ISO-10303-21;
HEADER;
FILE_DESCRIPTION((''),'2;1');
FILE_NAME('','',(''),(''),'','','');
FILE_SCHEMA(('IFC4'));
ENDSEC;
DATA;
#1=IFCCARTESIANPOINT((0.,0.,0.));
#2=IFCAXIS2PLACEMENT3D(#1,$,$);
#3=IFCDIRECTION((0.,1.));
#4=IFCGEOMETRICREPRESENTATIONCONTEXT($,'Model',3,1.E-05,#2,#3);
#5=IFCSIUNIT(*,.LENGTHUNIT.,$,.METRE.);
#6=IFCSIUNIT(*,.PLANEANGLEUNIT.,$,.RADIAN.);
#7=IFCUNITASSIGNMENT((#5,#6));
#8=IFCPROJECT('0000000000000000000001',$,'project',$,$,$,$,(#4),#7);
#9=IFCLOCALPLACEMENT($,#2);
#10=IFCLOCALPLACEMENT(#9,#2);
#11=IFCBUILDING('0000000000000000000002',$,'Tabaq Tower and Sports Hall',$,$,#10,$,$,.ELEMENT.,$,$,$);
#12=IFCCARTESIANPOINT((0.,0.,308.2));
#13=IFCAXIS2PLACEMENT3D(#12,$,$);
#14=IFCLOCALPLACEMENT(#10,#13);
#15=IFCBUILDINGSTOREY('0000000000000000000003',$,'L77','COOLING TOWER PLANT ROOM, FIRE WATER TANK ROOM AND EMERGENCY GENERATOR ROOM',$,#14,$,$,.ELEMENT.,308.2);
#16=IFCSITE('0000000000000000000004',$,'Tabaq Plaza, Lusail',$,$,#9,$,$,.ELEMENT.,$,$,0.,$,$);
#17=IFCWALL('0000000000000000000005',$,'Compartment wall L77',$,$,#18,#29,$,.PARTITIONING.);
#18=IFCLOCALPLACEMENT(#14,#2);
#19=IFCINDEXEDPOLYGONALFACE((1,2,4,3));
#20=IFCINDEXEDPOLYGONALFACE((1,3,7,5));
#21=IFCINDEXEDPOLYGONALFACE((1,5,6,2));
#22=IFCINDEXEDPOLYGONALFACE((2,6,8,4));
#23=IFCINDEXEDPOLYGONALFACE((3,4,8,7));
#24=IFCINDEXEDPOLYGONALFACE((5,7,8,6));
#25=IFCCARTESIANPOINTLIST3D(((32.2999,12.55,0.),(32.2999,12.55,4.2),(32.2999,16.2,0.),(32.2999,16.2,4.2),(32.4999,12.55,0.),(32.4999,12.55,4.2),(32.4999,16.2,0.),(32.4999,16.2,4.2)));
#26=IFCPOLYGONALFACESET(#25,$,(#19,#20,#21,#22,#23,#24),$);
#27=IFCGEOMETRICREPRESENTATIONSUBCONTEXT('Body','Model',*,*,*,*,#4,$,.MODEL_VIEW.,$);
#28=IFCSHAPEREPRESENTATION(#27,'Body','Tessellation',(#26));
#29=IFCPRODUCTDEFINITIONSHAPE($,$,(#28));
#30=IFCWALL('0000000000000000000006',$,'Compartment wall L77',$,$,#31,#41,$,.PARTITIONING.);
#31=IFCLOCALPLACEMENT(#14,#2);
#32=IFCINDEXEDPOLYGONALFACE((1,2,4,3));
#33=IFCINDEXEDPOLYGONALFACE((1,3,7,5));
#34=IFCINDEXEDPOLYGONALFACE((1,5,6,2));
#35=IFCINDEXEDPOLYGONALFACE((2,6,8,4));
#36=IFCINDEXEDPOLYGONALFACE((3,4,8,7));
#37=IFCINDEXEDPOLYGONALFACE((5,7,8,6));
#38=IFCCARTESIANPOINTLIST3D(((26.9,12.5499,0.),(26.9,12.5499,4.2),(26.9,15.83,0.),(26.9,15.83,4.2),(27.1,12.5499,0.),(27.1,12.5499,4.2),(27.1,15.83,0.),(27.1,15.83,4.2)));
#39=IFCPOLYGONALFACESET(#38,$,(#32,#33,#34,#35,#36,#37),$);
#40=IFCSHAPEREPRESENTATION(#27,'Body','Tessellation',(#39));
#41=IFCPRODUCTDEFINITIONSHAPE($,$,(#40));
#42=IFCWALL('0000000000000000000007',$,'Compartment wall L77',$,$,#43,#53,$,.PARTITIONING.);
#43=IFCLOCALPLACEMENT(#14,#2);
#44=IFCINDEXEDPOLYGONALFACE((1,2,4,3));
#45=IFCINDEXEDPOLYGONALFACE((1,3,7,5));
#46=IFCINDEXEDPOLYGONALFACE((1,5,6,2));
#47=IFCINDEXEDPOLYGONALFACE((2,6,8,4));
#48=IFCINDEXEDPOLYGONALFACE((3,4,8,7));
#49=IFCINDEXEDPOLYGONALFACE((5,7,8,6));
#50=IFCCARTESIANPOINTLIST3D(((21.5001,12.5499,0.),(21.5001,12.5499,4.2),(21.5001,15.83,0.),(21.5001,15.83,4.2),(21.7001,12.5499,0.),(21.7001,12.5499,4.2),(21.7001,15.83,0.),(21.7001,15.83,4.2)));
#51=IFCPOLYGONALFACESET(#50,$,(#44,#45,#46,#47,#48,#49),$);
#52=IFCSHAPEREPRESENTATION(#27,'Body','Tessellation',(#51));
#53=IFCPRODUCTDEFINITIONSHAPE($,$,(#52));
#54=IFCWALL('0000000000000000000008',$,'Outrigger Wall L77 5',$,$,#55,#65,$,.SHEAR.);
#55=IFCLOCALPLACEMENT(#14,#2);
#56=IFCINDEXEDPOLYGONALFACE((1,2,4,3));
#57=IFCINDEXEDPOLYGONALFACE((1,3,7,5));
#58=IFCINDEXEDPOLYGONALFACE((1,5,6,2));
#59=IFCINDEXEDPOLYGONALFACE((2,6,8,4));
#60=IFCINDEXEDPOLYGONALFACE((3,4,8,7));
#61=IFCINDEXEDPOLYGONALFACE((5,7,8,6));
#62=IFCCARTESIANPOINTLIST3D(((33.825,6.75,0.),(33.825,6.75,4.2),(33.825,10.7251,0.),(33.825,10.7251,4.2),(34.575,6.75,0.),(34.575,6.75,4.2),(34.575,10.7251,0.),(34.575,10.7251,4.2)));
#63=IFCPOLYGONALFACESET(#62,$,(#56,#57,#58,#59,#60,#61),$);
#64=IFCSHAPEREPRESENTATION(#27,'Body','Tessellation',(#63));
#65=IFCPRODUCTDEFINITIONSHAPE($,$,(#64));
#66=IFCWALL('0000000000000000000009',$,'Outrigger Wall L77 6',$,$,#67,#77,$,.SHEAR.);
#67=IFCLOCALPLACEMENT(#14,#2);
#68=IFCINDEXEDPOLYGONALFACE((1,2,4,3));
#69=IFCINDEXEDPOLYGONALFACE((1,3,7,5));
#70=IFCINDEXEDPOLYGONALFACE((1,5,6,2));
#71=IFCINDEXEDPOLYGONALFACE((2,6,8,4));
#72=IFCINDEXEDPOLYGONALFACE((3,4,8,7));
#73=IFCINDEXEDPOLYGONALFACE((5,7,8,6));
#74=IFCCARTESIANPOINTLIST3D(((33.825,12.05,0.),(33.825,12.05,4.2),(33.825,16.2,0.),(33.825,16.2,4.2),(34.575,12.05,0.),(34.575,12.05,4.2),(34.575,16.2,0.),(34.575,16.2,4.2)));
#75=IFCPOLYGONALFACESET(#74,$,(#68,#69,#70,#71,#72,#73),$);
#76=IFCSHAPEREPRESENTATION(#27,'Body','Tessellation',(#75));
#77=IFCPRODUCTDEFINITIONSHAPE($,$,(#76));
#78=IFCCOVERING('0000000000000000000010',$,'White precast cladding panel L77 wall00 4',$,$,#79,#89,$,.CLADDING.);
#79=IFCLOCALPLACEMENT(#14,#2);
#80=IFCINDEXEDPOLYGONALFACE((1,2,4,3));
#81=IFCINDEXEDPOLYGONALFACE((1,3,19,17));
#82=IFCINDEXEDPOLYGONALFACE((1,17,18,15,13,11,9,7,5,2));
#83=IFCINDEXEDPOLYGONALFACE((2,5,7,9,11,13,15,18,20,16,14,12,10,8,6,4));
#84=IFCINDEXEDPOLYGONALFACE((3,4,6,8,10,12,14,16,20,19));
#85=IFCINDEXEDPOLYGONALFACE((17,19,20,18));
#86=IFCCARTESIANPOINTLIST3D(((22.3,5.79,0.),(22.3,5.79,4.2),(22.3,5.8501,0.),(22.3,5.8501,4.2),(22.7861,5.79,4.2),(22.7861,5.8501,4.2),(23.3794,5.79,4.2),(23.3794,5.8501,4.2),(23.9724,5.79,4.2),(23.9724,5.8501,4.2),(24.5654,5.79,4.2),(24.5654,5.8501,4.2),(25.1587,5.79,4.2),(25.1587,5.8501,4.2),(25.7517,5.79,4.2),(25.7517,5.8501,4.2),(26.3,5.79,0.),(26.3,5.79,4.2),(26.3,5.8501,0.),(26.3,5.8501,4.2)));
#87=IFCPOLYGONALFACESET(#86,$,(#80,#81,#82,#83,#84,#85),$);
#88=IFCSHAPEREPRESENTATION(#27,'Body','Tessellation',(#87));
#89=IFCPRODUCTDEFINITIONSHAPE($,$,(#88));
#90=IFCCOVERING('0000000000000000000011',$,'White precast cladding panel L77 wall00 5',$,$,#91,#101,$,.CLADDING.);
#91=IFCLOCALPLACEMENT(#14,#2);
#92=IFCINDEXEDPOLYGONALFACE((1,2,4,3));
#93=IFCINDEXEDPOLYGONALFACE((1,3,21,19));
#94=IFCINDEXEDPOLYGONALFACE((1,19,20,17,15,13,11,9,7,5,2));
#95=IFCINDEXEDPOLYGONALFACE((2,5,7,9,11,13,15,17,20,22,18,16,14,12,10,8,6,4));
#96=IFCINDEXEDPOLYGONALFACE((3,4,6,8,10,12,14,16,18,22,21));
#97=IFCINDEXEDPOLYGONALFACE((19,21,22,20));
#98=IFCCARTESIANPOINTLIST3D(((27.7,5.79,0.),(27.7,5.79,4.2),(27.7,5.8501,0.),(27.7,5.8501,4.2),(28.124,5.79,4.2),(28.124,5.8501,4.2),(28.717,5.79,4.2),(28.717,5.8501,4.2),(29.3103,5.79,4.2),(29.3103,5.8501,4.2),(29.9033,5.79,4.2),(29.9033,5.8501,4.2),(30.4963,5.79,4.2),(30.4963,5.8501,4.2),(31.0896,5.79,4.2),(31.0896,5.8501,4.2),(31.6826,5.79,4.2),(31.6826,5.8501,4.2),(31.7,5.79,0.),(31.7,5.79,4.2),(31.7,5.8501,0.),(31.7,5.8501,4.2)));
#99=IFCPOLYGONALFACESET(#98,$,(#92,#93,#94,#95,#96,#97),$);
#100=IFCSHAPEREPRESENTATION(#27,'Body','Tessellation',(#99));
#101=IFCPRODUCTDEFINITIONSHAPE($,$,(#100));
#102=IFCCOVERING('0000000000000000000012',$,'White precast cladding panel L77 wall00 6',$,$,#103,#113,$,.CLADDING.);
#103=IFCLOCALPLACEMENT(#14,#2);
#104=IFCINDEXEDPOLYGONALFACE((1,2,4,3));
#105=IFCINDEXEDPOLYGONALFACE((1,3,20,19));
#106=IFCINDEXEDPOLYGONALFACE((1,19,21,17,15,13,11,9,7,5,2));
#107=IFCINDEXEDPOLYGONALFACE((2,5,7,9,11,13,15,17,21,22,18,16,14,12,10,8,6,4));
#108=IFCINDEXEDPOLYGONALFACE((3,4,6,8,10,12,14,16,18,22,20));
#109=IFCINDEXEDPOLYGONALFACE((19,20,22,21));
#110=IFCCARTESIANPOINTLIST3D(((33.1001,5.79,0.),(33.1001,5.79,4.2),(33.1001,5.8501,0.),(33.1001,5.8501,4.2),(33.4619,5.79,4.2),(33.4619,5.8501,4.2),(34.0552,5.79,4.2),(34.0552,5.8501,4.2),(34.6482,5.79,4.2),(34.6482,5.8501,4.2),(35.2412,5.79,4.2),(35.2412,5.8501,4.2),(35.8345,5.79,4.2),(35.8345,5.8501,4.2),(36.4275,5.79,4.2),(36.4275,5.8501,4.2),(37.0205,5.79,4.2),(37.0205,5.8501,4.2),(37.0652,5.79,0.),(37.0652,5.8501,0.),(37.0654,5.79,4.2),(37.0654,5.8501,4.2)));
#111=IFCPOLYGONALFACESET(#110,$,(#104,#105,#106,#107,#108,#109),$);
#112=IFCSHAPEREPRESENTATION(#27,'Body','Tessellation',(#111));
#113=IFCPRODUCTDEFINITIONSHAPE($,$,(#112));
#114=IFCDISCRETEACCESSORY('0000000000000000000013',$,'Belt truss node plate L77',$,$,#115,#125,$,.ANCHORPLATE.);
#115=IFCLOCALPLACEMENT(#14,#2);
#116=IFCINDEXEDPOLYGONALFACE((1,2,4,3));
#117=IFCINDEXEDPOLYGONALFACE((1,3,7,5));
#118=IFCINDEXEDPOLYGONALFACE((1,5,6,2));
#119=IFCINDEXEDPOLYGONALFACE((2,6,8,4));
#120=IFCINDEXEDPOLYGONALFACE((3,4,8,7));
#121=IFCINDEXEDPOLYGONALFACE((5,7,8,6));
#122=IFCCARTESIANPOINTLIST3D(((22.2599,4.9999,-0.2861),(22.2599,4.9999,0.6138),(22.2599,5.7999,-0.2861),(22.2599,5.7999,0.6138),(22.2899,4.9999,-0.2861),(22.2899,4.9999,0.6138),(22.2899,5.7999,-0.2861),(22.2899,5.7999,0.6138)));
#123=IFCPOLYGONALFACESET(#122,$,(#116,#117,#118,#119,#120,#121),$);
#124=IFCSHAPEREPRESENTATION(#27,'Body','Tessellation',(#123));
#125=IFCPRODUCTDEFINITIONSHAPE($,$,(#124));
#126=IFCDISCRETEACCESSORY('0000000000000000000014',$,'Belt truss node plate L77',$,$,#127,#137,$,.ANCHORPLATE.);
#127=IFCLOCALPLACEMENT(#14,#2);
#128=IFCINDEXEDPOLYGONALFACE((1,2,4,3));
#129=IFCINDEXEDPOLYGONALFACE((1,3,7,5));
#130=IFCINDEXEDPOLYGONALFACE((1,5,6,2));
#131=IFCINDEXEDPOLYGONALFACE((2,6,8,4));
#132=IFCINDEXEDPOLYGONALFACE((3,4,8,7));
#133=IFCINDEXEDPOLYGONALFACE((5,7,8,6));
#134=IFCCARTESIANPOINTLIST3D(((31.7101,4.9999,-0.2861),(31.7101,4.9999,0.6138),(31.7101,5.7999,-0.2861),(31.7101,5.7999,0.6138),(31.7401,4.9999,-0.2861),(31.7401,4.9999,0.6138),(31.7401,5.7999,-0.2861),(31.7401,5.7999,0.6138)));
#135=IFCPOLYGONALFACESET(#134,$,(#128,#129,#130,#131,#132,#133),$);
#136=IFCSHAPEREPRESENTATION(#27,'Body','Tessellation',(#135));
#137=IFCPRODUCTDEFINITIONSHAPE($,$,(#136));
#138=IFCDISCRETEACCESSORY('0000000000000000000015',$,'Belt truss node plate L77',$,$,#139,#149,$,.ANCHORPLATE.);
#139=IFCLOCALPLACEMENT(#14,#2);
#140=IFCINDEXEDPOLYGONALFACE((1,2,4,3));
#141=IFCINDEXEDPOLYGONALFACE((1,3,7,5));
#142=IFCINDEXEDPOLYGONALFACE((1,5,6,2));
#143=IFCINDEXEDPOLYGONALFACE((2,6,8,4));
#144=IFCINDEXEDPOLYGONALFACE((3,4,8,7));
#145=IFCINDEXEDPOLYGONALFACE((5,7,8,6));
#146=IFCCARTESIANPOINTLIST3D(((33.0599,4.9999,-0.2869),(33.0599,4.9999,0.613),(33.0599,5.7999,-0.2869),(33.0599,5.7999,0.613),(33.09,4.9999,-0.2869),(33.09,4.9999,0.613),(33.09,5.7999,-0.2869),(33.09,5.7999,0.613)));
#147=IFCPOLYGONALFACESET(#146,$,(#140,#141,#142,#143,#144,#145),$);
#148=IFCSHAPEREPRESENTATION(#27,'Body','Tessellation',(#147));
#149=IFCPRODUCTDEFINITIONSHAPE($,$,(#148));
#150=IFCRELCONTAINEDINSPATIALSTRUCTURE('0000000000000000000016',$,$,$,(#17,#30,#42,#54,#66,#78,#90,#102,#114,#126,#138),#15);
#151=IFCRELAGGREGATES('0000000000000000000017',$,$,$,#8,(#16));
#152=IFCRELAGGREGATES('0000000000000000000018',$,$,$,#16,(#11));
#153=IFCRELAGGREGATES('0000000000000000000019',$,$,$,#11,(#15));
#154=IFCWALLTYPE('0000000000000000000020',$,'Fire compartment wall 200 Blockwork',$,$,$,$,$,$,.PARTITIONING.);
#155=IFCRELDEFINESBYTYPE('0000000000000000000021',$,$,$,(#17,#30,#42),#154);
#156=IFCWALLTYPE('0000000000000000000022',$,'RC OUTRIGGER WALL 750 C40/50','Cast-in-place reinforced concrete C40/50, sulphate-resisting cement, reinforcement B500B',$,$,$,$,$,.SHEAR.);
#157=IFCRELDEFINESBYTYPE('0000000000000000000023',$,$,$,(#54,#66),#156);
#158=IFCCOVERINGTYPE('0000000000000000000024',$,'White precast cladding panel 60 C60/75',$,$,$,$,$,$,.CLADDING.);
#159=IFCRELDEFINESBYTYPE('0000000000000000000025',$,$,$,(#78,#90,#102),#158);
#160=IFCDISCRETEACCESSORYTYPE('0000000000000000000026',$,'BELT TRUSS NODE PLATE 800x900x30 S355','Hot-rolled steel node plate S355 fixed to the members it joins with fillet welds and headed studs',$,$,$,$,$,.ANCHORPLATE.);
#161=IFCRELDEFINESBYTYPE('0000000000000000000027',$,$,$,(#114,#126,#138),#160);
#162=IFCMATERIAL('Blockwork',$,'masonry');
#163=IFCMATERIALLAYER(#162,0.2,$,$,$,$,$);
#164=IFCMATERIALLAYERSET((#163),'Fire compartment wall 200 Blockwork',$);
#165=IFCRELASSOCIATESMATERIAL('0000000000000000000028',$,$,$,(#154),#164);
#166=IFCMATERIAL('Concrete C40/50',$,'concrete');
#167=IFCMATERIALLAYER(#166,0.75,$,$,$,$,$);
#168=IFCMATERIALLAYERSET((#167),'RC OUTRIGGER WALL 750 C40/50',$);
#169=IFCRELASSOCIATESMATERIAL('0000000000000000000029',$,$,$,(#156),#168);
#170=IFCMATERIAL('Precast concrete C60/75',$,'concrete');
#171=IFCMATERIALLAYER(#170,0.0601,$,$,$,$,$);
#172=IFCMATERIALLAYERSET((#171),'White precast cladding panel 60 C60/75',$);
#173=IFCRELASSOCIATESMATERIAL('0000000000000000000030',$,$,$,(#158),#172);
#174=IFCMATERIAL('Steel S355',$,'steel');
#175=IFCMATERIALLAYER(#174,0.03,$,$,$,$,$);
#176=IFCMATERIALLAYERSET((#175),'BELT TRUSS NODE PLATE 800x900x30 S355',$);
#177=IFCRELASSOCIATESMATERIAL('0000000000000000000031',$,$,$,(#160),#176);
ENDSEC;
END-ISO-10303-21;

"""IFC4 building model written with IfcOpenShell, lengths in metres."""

from ifc_helpers import new_model, si_unit, direction, frame, frame_2d, origin, origin_2d, place, context, subcontext, project, spatial, polyline, rectangle, outline, extrude, material, layer, layer_set, type_object, element, save


model = new_model("IFC4")

# Units and contexts
model_context = context("Model", 3, precision=1e-05, world=origin(), true_north=direction((0.0, 1.0)))
body_context = subcontext(model_context, "Body", "Model", "MODEL_VIEW")
ifc_project = project(units=[si_unit("LENGTHUNIT", "METRE"), si_unit("PLANEANGLEUNIT", "RADIAN")], contexts=[model_context])

# Site, building, storey
site_placement = place(None, origin())
site = spatial("IfcSite", under=ifc_project, at=site_placement, Name="Tabaq Plaza, Lusail", CompositionType="ELEMENT", RefElevation=0.0)
building_placement = place(site_placement, origin())
building = spatial("IfcBuilding", under=site, at=building_placement, Name="Tabaq Tower and Sports Hall", CompositionType="ELEMENT")
storey_placement = place(building_placement, frame((0.0, 0.0, 308.2)))
storey = spatial("IfcBuildingStorey", under=building, at=storey_placement, Name="L77", Description="COOLING TOWER PLANT ROOM, FIRE WATER TANK ROOM AND EMERGENCY GENERATOR ROOM", CompositionType="ELEMENT", Elevation=308.2)

# Shared definitions
ifc_material_1 = material(Name="Blockwork", Category="masonry")
ifc_layer_1 = layer(ifc_material_1, 0.2)
ifc_layer_set_1 = layer_set([ifc_layer_1], Name="Fire compartment wall 200 Blockwork")
wall_type_1 = type_object("IfcWallType", Name="Fire compartment wall 200 Blockwork", PredefinedType="PARTITIONING", material=ifc_layer_set_1)

# Walls
wall_1_placement = place(storey_placement, frame((32.3999, 12.55, 0.0), z_axis=(0.0, 0.0, 1.0), x_axis=(0.0, 1.0, 0.0)))
element("IfcWall", 1, at=wall_1_placement, inside=storey, type_object=wall_type_1, Name="Compartment wall L77", PredefinedType="PARTITIONING", context=body_context, shape_type="SweptSolid", body=[
    extrude(rectangle(XDim=3.6499, YDim=0.2, at=frame_2d((1.825, 0.0))), origin(), (0.0, 0.0, 1.0), 4.2),
])
for number, where, z_axis, x_axis, name in (
    (2, (27.0, 15.8301, 0.0), (0.0, 0.0, 1.0), (0.0, -1.0, 0.0), "Compartment wall L77"),
    (3, (21.6001, 15.8301, 0.0), (0.0, 0.0, 1.0), (0.0, -1.0, 0.0), "Compartment wall L77"),
):
    element("IfcWall", number, at=place(storey_placement, frame(where, z_axis=z_axis, x_axis=x_axis)), inside=storey, type_object=wall_type_1, Name=name, PredefinedType="PARTITIONING", context=body_context, shape_type="SweptSolid", body=[
        extrude(rectangle(XDim=3.28, YDim=0.2, at=frame_2d((1.6401, 0.0))), origin(), (0.0, 0.0, 1.0), 4.2),
    ])
ifc_material_2 = material(Name="Concrete C40/50", Category="concrete")
ifc_layer_2 = layer(ifc_material_2, 0.75)
ifc_layer_set_2 = layer_set([ifc_layer_2], Name="RC OUTRIGGER WALL 750 C40/50")
wall_type_2 = type_object("IfcWallType", Name="RC OUTRIGGER WALL 750 C40/50", Description="Cast-in-place reinforced concrete C40/50, sulphate-resisting cement, reinforcement B500B", PredefinedType="SHEAR", material=ifc_layer_set_2)
wall_2_placement = place(storey_placement, frame((34.2, 6.75, 0.0), z_axis=(0.0, 0.0, 1.0), x_axis=(0.0, 1.0, 0.0)))
element("IfcWall", 4, at=wall_2_placement, inside=storey, type_object=wall_type_2, Name="Outrigger Wall L77 5", PredefinedType="SHEAR", context=body_context, shape_type="SweptSolid", body=[
    extrude(rectangle(XDim=3.9751, YDim=0.75, at=frame_2d((1.9875, 0.0))), origin(), (0.0, 0.0, 1.0), 4.2),
])
wall_3_placement = place(storey_placement, frame((34.2, 12.05, 0.0), z_axis=(0.0, 0.0, 1.0), x_axis=(0.0, 1.0, 0.0)))
element("IfcWall", 5, at=wall_3_placement, inside=storey, type_object=wall_type_2, Name="Outrigger Wall L77 6", PredefinedType="SHEAR", context=body_context, shape_type="SweptSolid", body=[
    extrude(rectangle(XDim=4.1499, YDim=0.75, at=frame_2d((2.075, 0.0))), origin(), (0.0, 0.0, 1.0), 4.2),
])

# Coverings
ifc_material_3 = material(Name="Precast concrete C60/75", Category="concrete")
ifc_layer_3 = layer(ifc_material_3, 0.0601)
ifc_layer_set_3 = layer_set([ifc_layer_3], Name="White precast cladding panel 60 C60/75")
covering_type_1 = type_object("IfcCoveringType", Name="White precast cladding panel 60 C60/75", PredefinedType="CLADDING", material=ifc_layer_set_3)
covering_1_placement = place(storey_placement, frame((22.3, 5.8201, 0.0), z_axis=(0.0, 0.0, 1.0), x_axis=(1.0, 0.0, 0.0)))
element("IfcCovering", 6, at=covering_1_placement, inside=storey, type_object=covering_type_1, Name="White precast cladding panel L77 wall00 4", PredefinedType="CLADDING", context=body_context, shape_type="SweptSolid", body=[
    extrude(outline(polyline([(0.0, 0.0), (4.0, 0.0), (4.0, 4.2), (3.4517, 4.2), (2.8586, 4.2), (2.2654, 4.2), (1.6724, 4.2), (1.0793, 4.2), (0.4861, 4.2), (0.0, 4.2), (0.0, 0.0)])), frame((0.0, 0.03, 0.0), z_axis=(0.0, -1.0, 0.0), x_axis=(1.0, 0.0, 0.0)), (0.0, 0.0, 1.0), 0.0601),
])
covering_2_placement = place(storey_placement, frame((27.7, 5.8201, 0.0), z_axis=(0.0, 0.0, 1.0), x_axis=(1.0, 0.0, 0.0)))
element("IfcCovering", 7, at=covering_2_placement, inside=storey, type_object=covering_type_1, Name="White precast cladding panel L77 wall00 5", PredefinedType="CLADDING", context=body_context, shape_type="SweptSolid", body=[
    extrude(outline(polyline([(0.0, 0.0), (4.0, 0.0), (4.0, 4.2), (3.9827, 4.2), (3.3896, 4.2), (2.7964, 4.2), (2.2034, 4.2), (1.6104, 4.2), (1.0171, 4.2), (0.4241, 4.2), (0.0, 4.2), (0.0, 0.0)])), frame((0.0, 0.03, 0.0), z_axis=(0.0, -1.0, 0.0), x_axis=(1.0, 0.0, 0.0)), (0.0, 0.0, 1.0), 0.0601),
])
covering_3_placement = place(storey_placement, frame((33.1001, 5.8201, 0.0), z_axis=(0.0, 0.0, 1.0), x_axis=(1.0, 0.0, 0.0)))
element("IfcCovering", 8, at=covering_3_placement, inside=storey, type_object=covering_type_1, Name="White precast cladding panel L77 wall00 6", PredefinedType="CLADDING", context=body_context, shape_type="SweptSolid", body=[
    extrude(outline(polyline([(0.0, 0.0), (3.9651, 0.0), (3.9653, 4.2), (3.9204, 4.2), (3.3274, 4.2), (2.7344, 4.2), (2.1411, 4.2), (1.5481, 4.2), (0.9551, 4.2), (0.3618, 4.2), (0.0, 4.2), (0.0, 0.0)])), frame((0.0, 0.03, 0.0), z_axis=(0.0, -1.0, 0.0), x_axis=(1.0, 0.0, 0.0)), (0.0, 0.0, 1.0), 0.0601),
])

# Discrete accessories
ifc_material_4 = material(Name="Steel S355", Category="steel")
ifc_layer_4 = layer(ifc_material_4, 0.03)
ifc_layer_set_4 = layer_set([ifc_layer_4], Name="BELT TRUSS NODE PLATE 800x900x30 S355")
discrete_accessory_type = type_object("IfcDiscreteAccessoryType", Name="BELT TRUSS NODE PLATE 800x900x30 S355", Description="Hot-rolled steel node plate S355 fixed to the members it joins with fillet welds and headed studs", PredefinedType="ANCHORPLATE", material=ifc_layer_set_4)
for number, where, z_axis, x_axis, name in (
    (9, (22.2749, 5.3999, -0.2861), (0.0, 0.0, 1.0), (1.0, 0.0, 0.0), "Belt truss node plate L77"),
    (10, (31.7251, 5.3999, -0.2861), (0.0, 0.0, 1.0), (1.0, 0.0, 0.0), "Belt truss node plate L77"),
    (11, (33.075, 5.3999, -0.2869), (0.0, 0.0, 1.0), (1.0, 0.0, 0.0), "Belt truss node plate L77"),
):
    element("IfcDiscreteAccessory", number, at=place(storey_placement, frame(where, z_axis=z_axis, x_axis=x_axis)), inside=storey, type_object=discrete_accessory_type, Name=name, PredefinedType="ANCHORPLATE", context=body_context, shape_type="SweptSolid", body=[
        extrude(rectangle(XDim=0.03, YDim=0.8, at=origin_2d()), origin(), (0.0, 0.0, 1.0), 0.8999),
    ])

save(model, "model.ifc")
